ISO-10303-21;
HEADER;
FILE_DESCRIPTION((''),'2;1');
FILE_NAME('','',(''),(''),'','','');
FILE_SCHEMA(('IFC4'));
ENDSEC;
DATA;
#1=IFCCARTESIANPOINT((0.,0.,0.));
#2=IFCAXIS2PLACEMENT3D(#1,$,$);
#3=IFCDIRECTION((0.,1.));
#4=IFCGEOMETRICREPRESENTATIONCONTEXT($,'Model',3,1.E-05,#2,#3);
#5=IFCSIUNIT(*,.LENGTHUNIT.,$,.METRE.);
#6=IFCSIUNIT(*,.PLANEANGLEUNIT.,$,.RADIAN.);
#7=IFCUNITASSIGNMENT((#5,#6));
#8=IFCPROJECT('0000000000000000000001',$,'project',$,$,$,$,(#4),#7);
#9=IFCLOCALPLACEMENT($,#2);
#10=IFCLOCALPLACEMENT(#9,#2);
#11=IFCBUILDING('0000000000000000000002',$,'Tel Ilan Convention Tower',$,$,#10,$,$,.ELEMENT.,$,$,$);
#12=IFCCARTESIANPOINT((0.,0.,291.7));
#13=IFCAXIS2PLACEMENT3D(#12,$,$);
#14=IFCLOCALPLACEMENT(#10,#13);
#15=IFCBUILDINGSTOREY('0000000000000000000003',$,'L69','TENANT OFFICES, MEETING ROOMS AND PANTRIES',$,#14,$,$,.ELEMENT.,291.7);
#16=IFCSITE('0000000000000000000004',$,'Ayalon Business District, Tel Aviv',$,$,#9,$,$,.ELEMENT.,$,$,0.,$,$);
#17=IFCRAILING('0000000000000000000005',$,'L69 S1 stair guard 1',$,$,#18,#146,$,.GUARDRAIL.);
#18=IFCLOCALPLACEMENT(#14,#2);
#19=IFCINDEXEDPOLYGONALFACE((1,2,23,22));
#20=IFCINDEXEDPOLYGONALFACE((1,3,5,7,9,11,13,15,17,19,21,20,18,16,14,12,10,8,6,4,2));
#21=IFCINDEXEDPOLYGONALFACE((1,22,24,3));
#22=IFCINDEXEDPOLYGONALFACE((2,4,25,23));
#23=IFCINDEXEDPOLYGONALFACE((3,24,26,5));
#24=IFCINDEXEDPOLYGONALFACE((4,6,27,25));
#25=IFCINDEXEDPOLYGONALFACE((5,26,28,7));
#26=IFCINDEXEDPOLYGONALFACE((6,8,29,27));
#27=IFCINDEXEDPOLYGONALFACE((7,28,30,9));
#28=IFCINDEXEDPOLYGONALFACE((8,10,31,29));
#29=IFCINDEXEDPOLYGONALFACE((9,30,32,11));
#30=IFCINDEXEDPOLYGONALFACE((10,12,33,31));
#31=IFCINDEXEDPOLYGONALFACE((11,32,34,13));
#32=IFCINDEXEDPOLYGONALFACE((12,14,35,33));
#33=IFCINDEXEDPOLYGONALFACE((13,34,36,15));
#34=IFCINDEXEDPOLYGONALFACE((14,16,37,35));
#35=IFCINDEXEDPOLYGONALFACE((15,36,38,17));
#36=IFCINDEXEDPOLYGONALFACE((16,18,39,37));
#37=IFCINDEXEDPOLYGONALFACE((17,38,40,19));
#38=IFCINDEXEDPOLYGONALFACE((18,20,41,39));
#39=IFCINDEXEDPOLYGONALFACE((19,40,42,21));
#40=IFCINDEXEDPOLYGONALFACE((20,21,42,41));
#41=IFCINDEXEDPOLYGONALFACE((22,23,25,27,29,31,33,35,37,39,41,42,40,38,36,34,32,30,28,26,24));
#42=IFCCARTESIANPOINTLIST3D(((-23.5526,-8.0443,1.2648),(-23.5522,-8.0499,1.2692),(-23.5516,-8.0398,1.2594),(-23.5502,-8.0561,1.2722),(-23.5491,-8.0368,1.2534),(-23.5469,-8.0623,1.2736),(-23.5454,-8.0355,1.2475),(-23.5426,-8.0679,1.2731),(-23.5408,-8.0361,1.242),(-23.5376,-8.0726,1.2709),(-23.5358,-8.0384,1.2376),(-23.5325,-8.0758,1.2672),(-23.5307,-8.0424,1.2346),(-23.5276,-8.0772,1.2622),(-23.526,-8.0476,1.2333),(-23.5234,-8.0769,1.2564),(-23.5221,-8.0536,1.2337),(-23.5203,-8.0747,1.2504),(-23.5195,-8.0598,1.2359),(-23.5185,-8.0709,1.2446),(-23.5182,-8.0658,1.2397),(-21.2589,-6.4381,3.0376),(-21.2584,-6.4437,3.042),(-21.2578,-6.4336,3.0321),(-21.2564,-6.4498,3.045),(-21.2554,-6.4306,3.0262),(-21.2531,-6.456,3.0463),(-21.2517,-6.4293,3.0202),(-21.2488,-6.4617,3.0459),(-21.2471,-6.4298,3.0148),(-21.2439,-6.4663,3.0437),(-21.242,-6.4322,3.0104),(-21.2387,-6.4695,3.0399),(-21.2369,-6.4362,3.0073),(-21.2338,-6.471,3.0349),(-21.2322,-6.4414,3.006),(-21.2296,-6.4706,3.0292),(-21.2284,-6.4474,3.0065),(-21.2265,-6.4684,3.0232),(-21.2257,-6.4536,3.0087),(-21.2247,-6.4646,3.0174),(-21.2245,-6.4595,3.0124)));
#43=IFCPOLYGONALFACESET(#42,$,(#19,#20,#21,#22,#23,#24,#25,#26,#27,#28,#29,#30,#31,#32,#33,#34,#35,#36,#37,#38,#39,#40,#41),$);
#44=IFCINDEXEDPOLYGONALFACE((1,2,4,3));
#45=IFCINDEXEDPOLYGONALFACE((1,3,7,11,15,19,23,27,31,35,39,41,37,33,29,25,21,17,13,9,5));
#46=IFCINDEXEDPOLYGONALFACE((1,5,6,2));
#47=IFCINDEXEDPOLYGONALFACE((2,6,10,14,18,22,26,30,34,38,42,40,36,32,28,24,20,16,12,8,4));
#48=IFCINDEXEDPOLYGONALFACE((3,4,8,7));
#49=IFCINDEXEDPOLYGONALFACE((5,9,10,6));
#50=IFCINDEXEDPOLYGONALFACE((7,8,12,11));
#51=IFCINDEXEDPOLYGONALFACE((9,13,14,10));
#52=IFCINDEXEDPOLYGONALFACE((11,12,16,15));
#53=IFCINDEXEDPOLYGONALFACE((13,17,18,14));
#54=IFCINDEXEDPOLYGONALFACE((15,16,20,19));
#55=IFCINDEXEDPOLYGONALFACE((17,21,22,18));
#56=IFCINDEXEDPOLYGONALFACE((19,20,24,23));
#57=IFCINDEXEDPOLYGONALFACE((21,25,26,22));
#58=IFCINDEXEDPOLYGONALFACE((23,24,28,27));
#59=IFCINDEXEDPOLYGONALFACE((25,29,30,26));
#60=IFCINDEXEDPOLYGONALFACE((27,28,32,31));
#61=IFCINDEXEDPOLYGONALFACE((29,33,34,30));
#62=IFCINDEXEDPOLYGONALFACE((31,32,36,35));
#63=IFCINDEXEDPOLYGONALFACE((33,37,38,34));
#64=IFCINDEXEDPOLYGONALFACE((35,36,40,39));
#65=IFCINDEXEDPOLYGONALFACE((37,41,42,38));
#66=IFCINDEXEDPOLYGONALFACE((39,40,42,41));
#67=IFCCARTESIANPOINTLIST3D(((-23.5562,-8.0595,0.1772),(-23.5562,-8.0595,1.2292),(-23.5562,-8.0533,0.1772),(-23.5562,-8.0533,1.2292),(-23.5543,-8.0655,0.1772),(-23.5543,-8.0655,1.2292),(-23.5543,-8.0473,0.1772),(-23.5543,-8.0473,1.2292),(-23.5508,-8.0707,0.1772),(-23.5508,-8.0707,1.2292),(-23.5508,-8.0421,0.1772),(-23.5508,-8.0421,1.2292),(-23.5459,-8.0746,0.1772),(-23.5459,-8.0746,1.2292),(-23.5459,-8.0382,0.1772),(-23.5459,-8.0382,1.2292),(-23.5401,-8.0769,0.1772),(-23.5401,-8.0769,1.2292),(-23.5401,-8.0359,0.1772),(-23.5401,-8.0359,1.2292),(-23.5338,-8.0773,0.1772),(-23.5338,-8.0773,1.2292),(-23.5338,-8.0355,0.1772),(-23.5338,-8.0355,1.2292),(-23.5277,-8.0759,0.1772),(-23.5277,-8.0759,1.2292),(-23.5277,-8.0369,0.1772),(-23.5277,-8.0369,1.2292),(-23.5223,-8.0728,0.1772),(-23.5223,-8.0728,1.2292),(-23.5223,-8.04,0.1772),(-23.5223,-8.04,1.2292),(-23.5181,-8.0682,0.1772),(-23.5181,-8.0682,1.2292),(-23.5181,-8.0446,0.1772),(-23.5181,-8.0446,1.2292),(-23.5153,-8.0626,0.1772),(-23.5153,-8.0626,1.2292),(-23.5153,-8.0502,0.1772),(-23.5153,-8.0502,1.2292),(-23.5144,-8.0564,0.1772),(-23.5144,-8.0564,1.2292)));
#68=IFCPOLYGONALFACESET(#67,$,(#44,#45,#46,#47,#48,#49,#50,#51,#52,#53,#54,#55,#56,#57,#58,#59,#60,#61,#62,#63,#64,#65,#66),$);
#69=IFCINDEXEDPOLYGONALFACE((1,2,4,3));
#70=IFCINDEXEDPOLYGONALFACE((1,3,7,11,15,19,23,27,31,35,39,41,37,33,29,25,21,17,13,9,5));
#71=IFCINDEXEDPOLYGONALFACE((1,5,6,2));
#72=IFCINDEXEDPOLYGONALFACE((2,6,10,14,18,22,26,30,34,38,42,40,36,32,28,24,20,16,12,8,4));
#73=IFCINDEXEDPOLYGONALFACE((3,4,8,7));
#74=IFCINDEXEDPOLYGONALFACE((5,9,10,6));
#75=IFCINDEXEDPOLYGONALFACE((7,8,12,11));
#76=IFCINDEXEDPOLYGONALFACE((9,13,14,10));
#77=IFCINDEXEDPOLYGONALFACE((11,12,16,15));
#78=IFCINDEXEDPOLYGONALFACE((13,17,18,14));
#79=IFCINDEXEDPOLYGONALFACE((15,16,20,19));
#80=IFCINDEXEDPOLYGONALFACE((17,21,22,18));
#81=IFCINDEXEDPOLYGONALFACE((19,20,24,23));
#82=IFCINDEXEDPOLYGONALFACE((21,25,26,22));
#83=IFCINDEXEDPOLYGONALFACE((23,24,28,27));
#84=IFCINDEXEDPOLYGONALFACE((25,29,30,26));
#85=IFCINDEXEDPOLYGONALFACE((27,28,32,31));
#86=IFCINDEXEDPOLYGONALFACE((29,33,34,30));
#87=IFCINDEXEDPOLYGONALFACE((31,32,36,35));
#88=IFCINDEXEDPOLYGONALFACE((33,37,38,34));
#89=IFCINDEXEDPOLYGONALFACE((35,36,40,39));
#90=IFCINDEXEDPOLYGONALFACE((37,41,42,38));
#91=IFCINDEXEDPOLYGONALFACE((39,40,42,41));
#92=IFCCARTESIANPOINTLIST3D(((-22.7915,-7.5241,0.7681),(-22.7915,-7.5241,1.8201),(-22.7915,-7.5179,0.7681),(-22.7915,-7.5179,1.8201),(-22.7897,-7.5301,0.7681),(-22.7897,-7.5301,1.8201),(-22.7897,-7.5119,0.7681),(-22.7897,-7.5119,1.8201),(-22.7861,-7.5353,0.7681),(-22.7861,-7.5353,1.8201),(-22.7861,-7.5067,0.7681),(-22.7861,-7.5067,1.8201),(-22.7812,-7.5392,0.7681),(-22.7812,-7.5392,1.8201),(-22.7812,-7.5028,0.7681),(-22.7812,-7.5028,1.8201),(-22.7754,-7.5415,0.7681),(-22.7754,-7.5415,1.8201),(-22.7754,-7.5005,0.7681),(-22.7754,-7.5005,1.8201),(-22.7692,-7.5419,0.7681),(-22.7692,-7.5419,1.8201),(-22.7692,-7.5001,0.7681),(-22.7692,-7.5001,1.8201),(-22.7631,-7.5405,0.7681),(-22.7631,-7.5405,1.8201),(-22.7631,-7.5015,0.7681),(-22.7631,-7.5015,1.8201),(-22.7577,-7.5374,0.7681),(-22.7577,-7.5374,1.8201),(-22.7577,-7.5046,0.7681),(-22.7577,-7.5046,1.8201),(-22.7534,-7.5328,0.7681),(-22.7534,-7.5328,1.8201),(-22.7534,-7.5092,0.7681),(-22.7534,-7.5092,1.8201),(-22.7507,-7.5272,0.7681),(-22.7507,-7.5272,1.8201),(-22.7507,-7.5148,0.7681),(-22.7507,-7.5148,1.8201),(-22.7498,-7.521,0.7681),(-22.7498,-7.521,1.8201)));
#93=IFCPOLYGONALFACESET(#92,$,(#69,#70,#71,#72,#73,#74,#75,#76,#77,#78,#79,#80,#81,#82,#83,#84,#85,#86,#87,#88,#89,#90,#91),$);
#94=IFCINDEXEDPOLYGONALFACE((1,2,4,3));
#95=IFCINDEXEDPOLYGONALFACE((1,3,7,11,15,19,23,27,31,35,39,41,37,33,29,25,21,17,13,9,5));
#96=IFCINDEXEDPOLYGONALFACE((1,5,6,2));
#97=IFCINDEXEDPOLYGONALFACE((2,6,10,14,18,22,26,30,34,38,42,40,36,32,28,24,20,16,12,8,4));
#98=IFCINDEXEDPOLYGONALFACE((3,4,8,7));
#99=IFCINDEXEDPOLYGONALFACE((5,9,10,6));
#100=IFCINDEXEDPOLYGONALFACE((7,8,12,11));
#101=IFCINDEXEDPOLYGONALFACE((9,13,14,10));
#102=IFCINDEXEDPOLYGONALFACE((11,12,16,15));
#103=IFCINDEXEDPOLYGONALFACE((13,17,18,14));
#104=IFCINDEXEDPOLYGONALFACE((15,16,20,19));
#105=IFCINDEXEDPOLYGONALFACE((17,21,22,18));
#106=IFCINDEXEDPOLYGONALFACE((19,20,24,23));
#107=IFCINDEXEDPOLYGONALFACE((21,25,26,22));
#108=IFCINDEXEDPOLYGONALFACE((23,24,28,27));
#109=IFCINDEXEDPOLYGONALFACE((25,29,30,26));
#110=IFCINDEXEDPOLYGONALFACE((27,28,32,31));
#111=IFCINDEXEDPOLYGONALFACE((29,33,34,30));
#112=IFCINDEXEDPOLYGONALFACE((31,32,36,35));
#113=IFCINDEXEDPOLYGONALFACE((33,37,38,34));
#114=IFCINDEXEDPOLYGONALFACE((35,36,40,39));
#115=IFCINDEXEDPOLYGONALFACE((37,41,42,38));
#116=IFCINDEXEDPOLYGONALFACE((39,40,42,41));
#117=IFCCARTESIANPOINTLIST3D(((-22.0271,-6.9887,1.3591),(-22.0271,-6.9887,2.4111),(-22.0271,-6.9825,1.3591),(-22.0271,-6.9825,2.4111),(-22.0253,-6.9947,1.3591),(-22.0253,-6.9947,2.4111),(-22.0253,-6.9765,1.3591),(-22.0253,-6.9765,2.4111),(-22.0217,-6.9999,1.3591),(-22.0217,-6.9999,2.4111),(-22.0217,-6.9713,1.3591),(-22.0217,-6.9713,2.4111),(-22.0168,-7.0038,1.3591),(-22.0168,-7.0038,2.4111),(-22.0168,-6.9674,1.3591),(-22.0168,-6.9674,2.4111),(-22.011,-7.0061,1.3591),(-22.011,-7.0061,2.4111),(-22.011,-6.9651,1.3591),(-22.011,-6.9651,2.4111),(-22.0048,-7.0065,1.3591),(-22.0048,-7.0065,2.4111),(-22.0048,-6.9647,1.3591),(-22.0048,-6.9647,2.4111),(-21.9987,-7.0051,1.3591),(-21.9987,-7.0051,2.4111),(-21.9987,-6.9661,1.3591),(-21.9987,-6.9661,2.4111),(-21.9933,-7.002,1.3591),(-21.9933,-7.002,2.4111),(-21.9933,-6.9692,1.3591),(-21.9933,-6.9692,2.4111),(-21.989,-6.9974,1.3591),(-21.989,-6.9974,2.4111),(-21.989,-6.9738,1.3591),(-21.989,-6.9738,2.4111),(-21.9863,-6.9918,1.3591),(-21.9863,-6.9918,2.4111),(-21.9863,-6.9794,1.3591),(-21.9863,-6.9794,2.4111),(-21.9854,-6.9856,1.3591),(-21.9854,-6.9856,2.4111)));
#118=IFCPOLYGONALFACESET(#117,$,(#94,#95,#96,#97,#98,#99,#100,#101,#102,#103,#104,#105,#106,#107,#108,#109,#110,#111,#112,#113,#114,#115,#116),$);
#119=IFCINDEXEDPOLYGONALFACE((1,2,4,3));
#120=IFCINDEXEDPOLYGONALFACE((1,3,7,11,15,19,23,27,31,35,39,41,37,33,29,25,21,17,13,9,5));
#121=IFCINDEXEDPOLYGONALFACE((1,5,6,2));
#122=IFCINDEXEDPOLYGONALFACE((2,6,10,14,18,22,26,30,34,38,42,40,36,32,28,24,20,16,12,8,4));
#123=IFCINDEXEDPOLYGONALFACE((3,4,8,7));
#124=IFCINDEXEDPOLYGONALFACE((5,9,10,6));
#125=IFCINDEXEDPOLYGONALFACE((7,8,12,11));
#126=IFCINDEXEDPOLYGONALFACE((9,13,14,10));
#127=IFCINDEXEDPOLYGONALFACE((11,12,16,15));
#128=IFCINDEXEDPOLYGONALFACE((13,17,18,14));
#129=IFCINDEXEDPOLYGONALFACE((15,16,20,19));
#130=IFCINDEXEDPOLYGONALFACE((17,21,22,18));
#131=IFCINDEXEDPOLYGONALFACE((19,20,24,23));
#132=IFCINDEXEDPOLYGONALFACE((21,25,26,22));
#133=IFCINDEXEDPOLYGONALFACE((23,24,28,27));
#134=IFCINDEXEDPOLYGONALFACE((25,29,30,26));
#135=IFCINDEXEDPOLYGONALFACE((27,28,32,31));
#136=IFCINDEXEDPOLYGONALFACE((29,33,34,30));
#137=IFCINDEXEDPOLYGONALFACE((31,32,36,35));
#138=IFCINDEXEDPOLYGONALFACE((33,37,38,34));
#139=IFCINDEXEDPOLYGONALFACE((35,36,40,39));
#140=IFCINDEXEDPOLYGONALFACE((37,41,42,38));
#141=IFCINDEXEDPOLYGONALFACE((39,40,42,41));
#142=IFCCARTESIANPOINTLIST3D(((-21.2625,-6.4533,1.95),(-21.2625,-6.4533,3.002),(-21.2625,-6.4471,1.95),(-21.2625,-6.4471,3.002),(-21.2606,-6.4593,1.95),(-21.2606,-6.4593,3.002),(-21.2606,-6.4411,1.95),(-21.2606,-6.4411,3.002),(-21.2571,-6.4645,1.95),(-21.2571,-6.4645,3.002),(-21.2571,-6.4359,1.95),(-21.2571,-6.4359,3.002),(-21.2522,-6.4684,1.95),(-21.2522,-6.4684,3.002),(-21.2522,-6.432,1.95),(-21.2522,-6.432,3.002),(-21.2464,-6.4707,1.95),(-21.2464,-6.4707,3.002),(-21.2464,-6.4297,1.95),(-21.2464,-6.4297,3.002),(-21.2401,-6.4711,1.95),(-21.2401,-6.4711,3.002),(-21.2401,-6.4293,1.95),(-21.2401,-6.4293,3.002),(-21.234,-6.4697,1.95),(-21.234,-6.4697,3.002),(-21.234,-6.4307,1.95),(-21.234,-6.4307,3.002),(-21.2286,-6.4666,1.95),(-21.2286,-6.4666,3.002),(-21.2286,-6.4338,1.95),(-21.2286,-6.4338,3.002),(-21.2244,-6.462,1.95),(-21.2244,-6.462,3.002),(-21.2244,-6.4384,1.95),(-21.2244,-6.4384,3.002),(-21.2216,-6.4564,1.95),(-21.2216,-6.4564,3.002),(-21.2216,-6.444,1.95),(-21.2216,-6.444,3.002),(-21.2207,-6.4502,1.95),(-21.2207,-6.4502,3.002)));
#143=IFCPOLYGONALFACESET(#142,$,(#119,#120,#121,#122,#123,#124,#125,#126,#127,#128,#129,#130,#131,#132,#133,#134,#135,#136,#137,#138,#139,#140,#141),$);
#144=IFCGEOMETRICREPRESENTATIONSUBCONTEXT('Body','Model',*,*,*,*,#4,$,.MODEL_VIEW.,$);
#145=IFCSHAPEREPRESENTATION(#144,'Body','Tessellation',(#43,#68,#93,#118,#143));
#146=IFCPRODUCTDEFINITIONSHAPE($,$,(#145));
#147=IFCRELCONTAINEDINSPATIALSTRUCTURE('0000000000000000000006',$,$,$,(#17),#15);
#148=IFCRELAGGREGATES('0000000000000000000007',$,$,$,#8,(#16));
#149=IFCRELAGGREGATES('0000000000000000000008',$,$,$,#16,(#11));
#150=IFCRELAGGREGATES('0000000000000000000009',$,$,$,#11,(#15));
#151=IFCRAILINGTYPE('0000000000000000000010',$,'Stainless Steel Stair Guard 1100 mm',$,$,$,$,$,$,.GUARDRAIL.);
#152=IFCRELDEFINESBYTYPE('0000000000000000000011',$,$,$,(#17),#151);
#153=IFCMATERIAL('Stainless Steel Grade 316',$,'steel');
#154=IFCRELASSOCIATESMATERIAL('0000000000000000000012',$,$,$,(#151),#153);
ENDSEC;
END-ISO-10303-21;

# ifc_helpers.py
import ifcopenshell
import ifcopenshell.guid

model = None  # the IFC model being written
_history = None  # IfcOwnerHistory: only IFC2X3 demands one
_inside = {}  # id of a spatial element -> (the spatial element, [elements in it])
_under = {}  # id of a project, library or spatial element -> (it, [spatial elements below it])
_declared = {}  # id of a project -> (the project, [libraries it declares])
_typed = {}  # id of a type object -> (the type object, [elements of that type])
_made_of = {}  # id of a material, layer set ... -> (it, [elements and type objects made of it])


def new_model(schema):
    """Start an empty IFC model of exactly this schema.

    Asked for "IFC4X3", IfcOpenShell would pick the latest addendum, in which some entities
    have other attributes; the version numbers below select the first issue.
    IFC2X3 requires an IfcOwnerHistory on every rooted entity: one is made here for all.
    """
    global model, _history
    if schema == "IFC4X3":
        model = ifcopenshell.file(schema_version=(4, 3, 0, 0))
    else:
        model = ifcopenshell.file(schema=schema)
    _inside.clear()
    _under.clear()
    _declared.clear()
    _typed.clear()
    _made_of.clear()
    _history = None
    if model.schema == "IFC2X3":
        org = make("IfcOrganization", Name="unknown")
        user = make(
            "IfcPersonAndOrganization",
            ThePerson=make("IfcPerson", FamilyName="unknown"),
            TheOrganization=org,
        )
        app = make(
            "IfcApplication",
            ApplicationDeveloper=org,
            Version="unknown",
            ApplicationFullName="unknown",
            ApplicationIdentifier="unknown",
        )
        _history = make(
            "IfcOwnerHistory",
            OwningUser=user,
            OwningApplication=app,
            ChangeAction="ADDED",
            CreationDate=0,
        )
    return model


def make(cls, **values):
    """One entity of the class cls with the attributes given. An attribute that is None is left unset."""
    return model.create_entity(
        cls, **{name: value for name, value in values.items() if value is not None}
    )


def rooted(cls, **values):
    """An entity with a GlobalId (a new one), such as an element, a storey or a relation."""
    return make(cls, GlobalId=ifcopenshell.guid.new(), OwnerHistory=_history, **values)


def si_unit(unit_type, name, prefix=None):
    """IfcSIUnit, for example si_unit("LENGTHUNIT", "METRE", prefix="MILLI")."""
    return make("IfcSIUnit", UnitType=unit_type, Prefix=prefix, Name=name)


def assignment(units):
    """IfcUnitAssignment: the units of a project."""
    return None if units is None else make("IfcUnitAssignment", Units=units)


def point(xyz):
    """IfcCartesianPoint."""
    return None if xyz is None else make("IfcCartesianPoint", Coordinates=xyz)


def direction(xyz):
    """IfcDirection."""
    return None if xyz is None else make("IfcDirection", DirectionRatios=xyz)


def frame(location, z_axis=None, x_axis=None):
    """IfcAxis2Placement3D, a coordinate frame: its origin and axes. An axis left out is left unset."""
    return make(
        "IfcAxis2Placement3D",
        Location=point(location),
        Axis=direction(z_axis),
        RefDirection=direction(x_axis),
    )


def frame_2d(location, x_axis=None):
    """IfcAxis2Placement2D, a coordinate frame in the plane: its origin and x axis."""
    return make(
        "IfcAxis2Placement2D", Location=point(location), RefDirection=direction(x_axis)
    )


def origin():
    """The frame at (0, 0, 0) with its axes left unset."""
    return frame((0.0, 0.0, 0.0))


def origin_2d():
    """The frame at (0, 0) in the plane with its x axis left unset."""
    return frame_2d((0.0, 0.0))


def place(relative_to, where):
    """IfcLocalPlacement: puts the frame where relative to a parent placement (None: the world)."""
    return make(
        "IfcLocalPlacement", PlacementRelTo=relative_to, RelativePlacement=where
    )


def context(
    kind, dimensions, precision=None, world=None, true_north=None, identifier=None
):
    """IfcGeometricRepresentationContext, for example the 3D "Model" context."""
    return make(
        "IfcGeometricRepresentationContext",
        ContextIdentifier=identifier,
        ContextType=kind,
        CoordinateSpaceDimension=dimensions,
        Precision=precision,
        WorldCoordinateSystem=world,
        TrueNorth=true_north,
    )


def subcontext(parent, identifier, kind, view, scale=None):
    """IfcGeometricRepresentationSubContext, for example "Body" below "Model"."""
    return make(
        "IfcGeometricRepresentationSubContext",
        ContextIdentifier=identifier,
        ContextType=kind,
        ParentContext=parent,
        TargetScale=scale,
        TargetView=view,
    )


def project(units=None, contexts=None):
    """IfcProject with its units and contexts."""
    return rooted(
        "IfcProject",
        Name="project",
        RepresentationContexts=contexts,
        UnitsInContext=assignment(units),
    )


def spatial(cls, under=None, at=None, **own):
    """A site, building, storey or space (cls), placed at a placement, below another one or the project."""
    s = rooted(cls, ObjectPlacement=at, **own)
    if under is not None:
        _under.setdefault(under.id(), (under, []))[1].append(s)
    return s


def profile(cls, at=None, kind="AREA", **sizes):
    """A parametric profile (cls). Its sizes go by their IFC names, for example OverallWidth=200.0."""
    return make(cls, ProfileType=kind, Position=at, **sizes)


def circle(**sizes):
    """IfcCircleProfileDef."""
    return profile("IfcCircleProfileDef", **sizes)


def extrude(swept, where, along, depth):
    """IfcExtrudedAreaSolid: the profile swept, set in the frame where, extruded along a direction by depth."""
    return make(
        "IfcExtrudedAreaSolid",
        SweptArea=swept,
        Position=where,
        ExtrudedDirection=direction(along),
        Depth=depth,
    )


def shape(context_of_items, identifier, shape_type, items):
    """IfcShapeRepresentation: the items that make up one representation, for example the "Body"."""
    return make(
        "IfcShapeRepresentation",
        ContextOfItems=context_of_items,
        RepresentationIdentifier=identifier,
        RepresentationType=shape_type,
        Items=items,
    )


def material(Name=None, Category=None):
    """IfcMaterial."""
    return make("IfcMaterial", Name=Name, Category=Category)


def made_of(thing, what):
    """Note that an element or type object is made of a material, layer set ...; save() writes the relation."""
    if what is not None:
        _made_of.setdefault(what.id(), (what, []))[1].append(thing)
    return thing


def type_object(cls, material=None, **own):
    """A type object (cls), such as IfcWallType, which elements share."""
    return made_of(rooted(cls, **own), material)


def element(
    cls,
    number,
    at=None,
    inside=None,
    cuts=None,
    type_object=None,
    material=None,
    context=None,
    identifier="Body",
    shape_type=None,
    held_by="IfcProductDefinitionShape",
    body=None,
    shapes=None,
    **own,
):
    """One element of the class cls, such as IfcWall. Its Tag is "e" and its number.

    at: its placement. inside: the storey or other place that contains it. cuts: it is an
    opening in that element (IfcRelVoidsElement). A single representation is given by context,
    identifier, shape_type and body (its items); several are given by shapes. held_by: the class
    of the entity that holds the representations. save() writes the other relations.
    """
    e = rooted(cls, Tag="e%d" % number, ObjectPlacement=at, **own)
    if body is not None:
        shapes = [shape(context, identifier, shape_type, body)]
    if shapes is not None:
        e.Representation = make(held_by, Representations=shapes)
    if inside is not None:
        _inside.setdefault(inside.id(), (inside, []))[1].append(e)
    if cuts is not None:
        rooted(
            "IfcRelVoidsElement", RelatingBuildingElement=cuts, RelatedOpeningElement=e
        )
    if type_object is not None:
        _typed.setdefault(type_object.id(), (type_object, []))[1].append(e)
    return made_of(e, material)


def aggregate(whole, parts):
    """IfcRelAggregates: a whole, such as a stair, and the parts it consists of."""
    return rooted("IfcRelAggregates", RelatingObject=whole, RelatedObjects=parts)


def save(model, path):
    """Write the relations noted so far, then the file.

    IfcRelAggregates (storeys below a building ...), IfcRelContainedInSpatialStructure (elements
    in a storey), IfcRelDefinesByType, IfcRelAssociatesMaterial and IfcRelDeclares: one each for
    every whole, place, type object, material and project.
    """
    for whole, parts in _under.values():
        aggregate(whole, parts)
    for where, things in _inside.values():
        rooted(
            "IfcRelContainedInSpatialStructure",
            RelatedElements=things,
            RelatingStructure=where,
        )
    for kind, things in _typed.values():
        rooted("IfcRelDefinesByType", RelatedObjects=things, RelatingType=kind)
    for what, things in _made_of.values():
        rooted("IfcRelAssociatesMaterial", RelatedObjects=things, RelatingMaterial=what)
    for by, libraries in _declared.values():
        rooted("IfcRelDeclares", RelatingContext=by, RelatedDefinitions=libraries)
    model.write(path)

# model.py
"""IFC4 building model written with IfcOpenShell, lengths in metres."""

from ifc_helpers import new_model, si_unit, direction, frame, origin, origin_2d, place, context, subcontext, project, spatial, circle, extrude, material, type_object, element, save


model = new_model("IFC4")

# Units and contexts
model_context = context("Model", 3, precision=1e-05, world=origin(), true_north=direction((0.0, 1.0)))
body_context = subcontext(model_context, "Body", "Model", "MODEL_VIEW")
ifc_project = project(units=[si_unit("LENGTHUNIT", "METRE"), si_unit("PLANEANGLEUNIT", "RADIAN")], contexts=[model_context])

# Site, building, storey
site_placement = place(None, origin())
site = spatial("IfcSite", under=ifc_project, at=site_placement, Name="Ayalon Business District, Tel Aviv", CompositionType="ELEMENT", RefElevation=0.0)
building_placement = place(site_placement, origin())
building = spatial("IfcBuilding", under=site, at=building_placement, Name="Tel Ilan Convention Tower", CompositionType="ELEMENT")
storey_placement = place(building_placement, frame((0.0, 0.0, 291.7)))
storey = spatial("IfcBuildingStorey", under=building, at=storey_placement, Name="L69", Description="TENANT OFFICES, MEETING ROOMS AND PANTRIES", CompositionType="ELEMENT", Elevation=291.7)

# Railing
ifc_material_1 = material(Name="Stainless Steel Grade 316", Category="steel")
railing_type_1 = type_object("IfcRailingType", Name="Stainless Steel Stair Guard 1100 mm", PredefinedType="GUARDRAIL", material=ifc_material_1)
railing_1_placement = place(storey_placement, frame((-23.5354, -8.0564, 0.1772)))
element("IfcRailing", 1, at=railing_1_placement, inside=storey, type_object=railing_type_1, Name="L69 S1 stair guard 1", PredefinedType="GUARDRAIL", context=body_context, shape_type="SweptSolid", body=[
    extrude(circle(Radius=0.0239, at=origin_2d()), frame((0.0, 0.0, 1.0762), z_axis=(0.692098, 0.484653, 0.534894), x_axis=(-0.573609, 0.81913, 0.0)), (0.0, 0.0, 1.0), 3.3142),
    extrude(circle(Radius=0.021, at=origin_2d()), origin(), (0.0, 0.0, 1.0), 1.052),
    extrude(circle(Radius=0.021, at=origin_2d()), frame((0.7646, 0.5354, 0.5908)), (0.0, 0.0, 1.0), 1.052),
    extrude(circle(Radius=0.021, at=origin_2d()), frame((1.5291, 1.0708, 1.1819)), (0.0, 0.0, 1.0), 1.052),
    extrude(circle(Radius=0.021, at=origin_2d()), frame((2.2937, 1.6062, 1.7727)), (0.0, 0.0, 1.0), 1.052),
])

save(model, "model.ifc")
